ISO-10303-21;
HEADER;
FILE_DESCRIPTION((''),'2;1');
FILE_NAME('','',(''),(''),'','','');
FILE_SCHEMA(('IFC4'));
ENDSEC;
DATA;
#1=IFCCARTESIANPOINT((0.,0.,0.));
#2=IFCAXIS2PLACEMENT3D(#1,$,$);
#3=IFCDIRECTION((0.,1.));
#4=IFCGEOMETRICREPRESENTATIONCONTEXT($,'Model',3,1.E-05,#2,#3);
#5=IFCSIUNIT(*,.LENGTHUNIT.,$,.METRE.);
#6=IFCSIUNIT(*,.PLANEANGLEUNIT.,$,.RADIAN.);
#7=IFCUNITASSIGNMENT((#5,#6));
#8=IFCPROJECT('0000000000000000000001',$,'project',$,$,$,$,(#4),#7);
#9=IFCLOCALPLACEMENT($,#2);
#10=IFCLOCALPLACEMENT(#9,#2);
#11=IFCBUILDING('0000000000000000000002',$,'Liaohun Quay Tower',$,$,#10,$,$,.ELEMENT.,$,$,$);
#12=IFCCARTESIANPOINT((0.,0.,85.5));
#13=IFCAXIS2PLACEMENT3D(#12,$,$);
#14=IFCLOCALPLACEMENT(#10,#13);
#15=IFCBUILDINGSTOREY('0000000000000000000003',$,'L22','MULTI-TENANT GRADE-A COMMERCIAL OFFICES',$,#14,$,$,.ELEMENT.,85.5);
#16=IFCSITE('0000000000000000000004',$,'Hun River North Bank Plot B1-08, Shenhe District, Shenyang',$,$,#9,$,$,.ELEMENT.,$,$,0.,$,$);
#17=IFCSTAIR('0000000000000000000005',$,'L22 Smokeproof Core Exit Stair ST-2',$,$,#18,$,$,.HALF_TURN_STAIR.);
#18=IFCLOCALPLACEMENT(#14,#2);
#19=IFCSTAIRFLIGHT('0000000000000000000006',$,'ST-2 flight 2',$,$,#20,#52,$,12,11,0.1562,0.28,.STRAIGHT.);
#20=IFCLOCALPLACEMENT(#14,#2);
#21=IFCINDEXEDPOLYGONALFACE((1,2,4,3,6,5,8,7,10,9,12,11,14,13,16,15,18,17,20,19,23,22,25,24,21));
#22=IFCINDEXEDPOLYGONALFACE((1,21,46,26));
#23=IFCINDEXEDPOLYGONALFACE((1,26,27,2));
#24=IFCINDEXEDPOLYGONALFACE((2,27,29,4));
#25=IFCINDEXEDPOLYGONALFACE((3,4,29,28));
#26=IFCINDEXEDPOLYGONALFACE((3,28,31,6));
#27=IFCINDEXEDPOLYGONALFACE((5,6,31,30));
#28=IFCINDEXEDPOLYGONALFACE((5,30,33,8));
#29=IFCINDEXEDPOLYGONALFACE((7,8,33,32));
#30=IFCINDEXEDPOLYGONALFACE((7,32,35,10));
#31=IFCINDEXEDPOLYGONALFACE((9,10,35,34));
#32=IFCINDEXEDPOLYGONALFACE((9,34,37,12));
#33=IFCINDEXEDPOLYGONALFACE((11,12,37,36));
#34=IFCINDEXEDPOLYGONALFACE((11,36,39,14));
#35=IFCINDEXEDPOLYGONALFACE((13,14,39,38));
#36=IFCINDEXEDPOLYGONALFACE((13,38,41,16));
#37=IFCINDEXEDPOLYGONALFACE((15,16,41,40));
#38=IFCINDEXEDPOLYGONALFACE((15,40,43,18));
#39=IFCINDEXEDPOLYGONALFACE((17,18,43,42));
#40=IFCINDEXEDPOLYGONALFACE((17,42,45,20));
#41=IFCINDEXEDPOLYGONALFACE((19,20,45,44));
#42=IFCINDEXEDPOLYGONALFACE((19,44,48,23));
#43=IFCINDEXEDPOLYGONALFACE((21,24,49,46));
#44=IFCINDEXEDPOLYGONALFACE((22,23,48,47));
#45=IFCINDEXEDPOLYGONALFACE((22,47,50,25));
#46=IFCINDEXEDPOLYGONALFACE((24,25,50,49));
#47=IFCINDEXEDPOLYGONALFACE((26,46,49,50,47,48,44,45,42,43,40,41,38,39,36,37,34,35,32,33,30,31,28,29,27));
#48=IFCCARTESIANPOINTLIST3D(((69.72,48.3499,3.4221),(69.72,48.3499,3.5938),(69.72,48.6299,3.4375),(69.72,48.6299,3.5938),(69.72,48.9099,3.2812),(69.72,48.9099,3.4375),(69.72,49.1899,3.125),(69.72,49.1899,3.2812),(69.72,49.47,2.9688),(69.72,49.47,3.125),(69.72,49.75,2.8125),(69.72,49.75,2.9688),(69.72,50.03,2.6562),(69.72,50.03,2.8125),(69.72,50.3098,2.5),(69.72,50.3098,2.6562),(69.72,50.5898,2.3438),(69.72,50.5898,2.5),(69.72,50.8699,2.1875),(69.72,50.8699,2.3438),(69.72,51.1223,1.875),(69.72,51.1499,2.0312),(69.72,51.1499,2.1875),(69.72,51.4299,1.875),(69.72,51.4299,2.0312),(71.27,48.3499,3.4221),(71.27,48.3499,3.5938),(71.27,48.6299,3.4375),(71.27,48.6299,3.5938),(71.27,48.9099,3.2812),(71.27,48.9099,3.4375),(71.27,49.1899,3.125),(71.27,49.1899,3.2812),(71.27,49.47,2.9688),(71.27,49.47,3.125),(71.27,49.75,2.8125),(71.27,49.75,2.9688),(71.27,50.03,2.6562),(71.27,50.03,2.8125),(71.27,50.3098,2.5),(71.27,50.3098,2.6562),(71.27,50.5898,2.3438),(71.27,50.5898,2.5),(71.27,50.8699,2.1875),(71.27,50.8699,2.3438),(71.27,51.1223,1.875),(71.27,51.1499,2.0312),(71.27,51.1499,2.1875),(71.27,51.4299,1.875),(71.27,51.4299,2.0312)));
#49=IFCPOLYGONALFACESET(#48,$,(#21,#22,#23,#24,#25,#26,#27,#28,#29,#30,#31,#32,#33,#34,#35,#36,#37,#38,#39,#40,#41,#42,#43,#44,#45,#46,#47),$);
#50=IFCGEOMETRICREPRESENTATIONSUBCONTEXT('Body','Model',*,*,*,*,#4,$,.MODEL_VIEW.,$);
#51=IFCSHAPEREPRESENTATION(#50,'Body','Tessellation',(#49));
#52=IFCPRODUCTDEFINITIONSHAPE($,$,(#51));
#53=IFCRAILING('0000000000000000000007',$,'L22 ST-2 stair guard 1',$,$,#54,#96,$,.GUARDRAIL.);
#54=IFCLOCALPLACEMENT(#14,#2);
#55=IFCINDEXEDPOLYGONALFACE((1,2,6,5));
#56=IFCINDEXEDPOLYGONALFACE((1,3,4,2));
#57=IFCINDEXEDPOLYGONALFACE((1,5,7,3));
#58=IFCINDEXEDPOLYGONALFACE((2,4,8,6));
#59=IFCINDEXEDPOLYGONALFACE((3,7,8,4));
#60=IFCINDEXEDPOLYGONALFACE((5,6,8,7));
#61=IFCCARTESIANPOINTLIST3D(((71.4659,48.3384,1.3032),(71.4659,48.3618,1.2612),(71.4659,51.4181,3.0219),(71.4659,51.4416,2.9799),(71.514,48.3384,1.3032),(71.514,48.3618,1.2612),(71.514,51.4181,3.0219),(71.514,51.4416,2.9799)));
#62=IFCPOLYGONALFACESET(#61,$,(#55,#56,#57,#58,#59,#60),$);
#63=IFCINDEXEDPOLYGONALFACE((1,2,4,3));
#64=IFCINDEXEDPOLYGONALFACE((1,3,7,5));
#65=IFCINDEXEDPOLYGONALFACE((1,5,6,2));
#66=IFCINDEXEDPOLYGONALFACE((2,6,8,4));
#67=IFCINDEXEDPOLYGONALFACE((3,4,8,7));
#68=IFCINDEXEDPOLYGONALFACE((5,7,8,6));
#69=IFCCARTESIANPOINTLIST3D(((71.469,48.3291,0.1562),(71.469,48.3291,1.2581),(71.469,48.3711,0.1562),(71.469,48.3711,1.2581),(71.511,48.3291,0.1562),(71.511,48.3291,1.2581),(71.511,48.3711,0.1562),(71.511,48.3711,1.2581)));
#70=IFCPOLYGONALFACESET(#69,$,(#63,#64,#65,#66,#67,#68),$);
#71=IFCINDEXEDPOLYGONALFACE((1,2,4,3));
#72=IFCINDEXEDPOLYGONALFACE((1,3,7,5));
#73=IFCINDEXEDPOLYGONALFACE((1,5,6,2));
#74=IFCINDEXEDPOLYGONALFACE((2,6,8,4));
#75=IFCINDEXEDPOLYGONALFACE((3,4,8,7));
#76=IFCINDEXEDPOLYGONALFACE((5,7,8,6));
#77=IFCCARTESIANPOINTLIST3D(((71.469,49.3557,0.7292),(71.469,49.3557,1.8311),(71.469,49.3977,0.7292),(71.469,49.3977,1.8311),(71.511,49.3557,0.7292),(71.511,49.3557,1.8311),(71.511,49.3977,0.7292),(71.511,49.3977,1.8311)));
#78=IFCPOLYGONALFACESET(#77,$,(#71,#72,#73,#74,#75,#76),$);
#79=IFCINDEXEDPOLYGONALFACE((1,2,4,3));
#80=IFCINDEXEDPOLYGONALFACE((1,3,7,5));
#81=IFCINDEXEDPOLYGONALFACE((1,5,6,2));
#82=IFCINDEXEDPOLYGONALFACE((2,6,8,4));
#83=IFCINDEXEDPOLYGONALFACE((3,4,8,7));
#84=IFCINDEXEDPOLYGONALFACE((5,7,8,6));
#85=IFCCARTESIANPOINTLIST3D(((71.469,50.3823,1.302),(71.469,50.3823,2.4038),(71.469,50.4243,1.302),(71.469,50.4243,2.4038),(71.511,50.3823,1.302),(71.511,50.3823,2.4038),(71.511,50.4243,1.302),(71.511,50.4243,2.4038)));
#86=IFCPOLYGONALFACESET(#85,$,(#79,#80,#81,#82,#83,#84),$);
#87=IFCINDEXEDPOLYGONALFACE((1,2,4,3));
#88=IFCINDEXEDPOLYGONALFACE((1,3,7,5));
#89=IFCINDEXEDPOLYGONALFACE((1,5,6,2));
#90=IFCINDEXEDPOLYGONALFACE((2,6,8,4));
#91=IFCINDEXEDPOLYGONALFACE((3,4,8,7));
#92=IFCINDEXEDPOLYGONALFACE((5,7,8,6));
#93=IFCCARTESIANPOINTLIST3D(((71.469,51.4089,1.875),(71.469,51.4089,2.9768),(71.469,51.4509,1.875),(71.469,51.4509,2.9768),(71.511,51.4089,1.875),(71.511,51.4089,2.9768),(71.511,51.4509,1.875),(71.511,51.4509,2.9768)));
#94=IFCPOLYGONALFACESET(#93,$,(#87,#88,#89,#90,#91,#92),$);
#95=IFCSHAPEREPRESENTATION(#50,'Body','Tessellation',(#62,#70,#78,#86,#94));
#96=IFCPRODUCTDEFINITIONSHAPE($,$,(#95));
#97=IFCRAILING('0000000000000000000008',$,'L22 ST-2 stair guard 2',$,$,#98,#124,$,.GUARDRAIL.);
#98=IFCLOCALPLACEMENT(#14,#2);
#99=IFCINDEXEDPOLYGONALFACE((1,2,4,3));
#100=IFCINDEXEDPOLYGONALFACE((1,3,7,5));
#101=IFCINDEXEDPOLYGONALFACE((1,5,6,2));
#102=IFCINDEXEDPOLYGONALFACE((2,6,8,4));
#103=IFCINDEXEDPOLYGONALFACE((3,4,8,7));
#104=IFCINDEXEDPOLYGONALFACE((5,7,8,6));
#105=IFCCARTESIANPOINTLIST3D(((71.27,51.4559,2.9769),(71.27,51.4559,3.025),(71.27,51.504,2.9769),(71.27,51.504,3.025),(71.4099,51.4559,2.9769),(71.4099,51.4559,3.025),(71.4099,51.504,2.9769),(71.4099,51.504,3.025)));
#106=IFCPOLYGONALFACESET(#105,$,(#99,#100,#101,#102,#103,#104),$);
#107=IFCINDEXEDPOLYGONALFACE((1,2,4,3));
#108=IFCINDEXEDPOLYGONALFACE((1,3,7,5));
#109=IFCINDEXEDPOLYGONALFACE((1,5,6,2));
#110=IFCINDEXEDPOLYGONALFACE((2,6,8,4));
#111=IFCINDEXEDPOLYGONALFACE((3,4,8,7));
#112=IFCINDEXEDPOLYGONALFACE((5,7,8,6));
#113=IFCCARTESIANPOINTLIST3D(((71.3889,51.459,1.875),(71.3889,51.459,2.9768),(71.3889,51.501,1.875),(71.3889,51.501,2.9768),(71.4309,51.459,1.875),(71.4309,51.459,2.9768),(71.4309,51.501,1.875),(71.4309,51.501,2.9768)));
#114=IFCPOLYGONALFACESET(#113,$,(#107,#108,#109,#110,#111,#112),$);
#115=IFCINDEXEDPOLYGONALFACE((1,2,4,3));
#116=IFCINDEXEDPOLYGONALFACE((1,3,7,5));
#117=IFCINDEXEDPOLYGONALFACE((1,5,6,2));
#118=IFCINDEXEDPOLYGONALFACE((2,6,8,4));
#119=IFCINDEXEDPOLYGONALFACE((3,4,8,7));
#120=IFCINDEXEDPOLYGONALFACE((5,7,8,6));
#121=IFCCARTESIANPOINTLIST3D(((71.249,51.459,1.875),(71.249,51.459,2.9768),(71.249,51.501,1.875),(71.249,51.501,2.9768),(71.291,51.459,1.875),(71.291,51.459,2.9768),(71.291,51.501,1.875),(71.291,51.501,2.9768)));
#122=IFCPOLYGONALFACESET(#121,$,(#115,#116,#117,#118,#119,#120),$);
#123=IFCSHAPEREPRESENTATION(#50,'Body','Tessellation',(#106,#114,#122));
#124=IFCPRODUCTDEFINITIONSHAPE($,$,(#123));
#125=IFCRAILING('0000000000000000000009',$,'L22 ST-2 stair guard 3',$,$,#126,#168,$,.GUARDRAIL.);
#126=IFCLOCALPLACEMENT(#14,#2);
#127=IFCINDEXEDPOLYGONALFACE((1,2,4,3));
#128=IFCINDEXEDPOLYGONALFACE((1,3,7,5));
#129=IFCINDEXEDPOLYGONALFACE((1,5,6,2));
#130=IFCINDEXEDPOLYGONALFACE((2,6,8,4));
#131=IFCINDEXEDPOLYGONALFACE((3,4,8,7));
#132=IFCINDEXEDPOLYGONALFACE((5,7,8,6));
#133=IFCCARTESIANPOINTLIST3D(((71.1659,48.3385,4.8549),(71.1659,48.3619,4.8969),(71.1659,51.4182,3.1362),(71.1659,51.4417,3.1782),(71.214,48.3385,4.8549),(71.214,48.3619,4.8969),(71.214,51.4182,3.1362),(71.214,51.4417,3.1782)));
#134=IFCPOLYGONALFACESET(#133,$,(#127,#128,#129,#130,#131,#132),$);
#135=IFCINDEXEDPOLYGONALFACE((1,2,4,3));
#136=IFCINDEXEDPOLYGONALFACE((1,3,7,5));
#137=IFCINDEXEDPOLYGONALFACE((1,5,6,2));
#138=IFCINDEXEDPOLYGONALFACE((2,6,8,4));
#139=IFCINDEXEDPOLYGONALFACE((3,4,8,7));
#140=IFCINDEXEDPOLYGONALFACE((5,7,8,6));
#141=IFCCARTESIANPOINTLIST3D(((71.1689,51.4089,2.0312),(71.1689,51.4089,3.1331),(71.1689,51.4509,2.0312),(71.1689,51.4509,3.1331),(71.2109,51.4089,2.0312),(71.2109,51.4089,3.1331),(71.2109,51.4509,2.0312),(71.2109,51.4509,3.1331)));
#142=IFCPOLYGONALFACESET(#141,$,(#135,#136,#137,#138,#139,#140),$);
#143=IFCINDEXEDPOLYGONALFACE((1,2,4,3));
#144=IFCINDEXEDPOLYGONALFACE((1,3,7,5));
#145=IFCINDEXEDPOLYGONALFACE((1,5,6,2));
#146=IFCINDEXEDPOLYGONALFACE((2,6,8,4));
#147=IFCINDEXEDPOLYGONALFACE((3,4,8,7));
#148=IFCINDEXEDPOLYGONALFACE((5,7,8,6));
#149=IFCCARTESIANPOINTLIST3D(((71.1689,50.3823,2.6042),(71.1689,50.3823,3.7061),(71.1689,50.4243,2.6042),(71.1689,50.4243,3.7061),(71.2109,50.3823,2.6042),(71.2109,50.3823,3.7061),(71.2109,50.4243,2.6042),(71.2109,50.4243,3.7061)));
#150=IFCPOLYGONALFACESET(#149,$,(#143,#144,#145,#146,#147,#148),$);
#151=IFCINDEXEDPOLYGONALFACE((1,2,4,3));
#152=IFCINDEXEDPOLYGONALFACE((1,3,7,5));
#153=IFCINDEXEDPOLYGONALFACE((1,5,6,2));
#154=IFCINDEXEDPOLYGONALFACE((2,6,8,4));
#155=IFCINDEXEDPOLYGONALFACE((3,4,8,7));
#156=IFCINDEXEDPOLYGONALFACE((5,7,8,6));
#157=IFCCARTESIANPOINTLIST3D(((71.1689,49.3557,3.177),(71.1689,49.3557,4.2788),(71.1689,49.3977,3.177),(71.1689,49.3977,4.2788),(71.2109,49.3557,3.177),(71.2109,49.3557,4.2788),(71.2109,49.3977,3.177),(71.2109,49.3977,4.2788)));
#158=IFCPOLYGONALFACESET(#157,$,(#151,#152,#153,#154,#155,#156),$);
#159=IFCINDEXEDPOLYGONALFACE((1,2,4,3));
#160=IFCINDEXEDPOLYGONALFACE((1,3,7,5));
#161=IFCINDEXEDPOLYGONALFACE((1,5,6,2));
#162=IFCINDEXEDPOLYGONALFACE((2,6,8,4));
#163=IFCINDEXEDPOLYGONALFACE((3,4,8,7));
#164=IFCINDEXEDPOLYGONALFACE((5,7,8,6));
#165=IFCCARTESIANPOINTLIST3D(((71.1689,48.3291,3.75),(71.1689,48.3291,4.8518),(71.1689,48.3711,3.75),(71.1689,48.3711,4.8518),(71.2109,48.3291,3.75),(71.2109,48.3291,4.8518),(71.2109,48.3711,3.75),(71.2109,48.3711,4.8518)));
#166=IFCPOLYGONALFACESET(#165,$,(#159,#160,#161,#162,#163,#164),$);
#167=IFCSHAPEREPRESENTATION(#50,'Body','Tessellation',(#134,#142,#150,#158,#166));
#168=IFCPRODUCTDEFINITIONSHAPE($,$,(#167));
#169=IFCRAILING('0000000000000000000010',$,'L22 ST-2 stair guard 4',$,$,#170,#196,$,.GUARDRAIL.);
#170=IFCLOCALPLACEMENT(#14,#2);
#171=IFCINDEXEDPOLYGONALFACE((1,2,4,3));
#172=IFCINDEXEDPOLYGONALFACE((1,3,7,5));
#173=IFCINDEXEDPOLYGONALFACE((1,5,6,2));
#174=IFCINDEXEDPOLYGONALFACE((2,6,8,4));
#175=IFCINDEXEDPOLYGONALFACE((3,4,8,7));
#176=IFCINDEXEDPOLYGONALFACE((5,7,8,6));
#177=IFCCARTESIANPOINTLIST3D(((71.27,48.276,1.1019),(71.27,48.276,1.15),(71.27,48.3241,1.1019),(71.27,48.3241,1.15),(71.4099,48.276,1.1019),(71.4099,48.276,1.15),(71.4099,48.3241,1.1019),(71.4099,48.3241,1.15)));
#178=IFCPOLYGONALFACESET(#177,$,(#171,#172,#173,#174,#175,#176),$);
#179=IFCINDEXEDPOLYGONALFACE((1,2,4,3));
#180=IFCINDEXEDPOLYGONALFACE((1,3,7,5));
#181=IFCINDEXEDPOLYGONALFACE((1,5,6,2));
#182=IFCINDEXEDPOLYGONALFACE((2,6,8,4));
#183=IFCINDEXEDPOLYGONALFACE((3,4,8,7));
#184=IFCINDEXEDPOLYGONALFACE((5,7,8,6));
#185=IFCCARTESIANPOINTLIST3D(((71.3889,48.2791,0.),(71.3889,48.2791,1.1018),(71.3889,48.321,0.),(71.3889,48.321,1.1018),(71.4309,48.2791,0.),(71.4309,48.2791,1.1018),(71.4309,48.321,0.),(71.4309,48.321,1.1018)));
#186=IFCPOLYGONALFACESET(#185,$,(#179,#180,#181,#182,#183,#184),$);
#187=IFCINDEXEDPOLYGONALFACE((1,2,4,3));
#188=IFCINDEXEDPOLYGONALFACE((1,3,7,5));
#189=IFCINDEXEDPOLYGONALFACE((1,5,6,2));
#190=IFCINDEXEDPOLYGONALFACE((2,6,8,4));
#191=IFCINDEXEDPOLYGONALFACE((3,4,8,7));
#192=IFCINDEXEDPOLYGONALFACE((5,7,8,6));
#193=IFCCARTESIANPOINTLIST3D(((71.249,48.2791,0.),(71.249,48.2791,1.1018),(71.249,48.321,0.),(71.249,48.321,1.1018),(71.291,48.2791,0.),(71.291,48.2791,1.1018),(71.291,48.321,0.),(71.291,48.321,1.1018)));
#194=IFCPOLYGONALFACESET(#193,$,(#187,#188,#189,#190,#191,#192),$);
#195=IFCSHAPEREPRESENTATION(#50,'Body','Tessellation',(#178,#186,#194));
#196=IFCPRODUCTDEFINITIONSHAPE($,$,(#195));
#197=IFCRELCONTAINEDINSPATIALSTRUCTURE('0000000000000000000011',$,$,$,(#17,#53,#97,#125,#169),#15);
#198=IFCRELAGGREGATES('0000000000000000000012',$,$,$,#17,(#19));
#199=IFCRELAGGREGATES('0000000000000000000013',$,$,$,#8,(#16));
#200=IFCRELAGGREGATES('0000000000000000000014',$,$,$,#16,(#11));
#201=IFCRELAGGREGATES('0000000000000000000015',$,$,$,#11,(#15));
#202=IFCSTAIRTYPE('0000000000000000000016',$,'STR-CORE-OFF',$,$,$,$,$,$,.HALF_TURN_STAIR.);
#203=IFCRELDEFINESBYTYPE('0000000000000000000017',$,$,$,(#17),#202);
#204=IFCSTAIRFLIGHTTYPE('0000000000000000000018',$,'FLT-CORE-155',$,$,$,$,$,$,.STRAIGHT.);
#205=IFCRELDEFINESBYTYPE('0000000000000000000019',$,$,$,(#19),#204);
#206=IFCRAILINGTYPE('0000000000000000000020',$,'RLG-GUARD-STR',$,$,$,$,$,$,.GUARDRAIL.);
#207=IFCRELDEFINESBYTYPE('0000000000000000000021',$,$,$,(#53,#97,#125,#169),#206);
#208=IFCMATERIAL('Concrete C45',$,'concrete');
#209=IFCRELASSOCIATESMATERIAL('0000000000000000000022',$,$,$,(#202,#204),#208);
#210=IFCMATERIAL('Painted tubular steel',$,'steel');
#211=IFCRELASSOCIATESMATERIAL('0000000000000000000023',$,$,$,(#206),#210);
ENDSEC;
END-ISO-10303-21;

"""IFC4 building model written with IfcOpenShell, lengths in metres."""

from ifc_helpers import new_model, si_unit, direction, frame, origin, origin_2d, place, context, subcontext, project, spatial, polyline, rectangle, outline, extrude, material, type_object, element, aggregate, save


model = new_model("IFC4")

# Units and contexts
model_context = context("Model", 3, precision=1e-05, world=origin(), true_north=direction((0.0, 1.0)))
body_context = subcontext(model_context, "Body", "Model", "MODEL_VIEW")
ifc_project = project(units=[si_unit("LENGTHUNIT", "METRE"), si_unit("PLANEANGLEUNIT", "RADIAN")], contexts=[model_context])

# Site, building, storey
site_placement = place(None, origin())
site = spatial("IfcSite", under=ifc_project, at=site_placement, Name="Hun River North Bank Plot B1-08, Shenhe District, Shenyang", CompositionType="ELEMENT", RefElevation=0.0)
building_placement = place(site_placement, origin())
building = spatial("IfcBuilding", under=site, at=building_placement, Name="Liaohun Quay Tower", CompositionType="ELEMENT")
storey_placement = place(building_placement, frame((0.0, 0.0, 85.5)))
storey = spatial("IfcBuildingStorey", under=building, at=storey_placement, Name="L22", Description="MULTI-TENANT GRADE-A COMMERCIAL OFFICES", CompositionType="ELEMENT", Elevation=85.5)

# Stair, stair flight
ifc_material_1 = material(Name="Concrete C45", Category="concrete")
stair_type = type_object("IfcStairType", Name="STR-CORE-OFF", PredefinedType="HALF_TURN_STAIR", material=ifc_material_1)
stair_placement = place(storey_placement, origin())
stair = element("IfcStair", 1, at=stair_placement, inside=storey, type_object=stair_type, Name="L22 Smokeproof Core Exit Stair ST-2", PredefinedType="HALF_TURN_STAIR")
stair_flight_type = type_object("IfcStairFlightType", Name="FLT-CORE-155", PredefinedType="STRAIGHT", material=ifc_material_1)
stair_flight_1_placement = place(storey_placement, frame((70.4951, 51.4299, 1.875), z_axis=(0.0, 0.0, 1.0), x_axis=(0.0, -1.0, 0.0)))
stair_flight_1 = element("IfcStairFlight", 2, at=stair_flight_1_placement, type_object=stair_flight_type, Name="ST-2 flight 2", NumberOfRisers=12, NumberOfTreads=11, PredefinedType="STRAIGHT", RiserHeight=0.1562, TreadLength=0.28, context=body_context, shape_type="SweptSolid", body=[
    extrude(outline(polyline([(0.0, 0.0), (0.0, 0.1562), (0.28, 0.1562), (0.28, 0.3125), (0.5601, 0.3125), (0.5601, 0.4688), (0.8401, 0.4688), (0.8401, 0.625), (1.1201, 0.625), (1.1201, 0.7812), (1.3999, 0.7812), (1.3999, 0.9375), (1.6799, 0.9375), (1.6799, 1.0938), (1.96, 1.0938), (1.96, 1.25), (2.24, 1.25), (2.24, 1.4062), (2.52, 1.4062), (2.52, 1.5625), (2.8, 1.5625), (2.8, 1.7188), (3.0801, 1.7188), (3.0801, 1.875), (3.0801, 1.5471), (0.3076, 0.0), (0.0, 0.0)])), frame((0.0, 0.7749, 0.0), z_axis=(0.0, -1.0, 0.0), x_axis=(1.0, 0.0, 0.0)), (0.0, 0.0, 1.0), 1.55),
])
aggregate(stair, [stair_flight_1])

# Railings
ifc_material_2 = material(Name="Painted tubular steel", Category="steel")
railing_type_1 = type_object("IfcRailingType", Name="RLG-GUARD-STR", PredefinedType="GUARDRAIL", material=ifc_material_2)
railing_1_placement = place(storey_placement, frame((71.49, 48.3501, 0.1562)))
element("IfcRailing", 3, at=railing_1_placement, inside=storey, type_object=railing_type_1, Name="L22 ST-2 stair guard 1", PredefinedType="GUARDRAIL", context=body_context, shape_type="SweptSolid", body=[
    extrude(rectangle(XDim=0.0481, YDim=0.0481, at=origin_2d()), frame((0.0, 0.0, 1.126), z_axis=(0.0, 0.873225, 0.487317), x_axis=(-1.0, 0.0, 0.0)), (0.0, 0.0, 1.0), 3.5269),
    extrude(rectangle(XDim=0.042, YDim=0.042, at=origin_2d()), origin(), (0.0, 0.0, 1.0), 1.1018),
    extrude(rectangle(XDim=0.042, YDim=0.042, at=origin_2d()), frame((0.0, 1.0266, 0.573)), (0.0, 0.0, 1.0), 1.1018),
    extrude(rectangle(XDim=0.042, YDim=0.042, at=origin_2d()), frame((0.0, 2.0532, 1.1458)), (0.0, 0.0, 1.0), 1.1018),
    extrude(rectangle(XDim=0.042, YDim=0.042, at=origin_2d()), frame((0.0, 3.0798, 1.7188)), (0.0, 0.0, 1.0), 1.1018),
])
railing_2_placement = place(storey_placement, frame((71.4099, 51.48, 1.875)))
element("IfcRailing", 4, at=railing_2_placement, inside=storey, type_object=railing_type_1, Name="L22 ST-2 stair guard 2", PredefinedType="GUARDRAIL", context=body_context, shape_type="SweptSolid", body=[
    extrude(rectangle(XDim=0.0481, YDim=0.0481, at=origin_2d()), frame((0.0, 0.0, 1.126), z_axis=(-1.0, 0.0, 0.0), x_axis=(0.0, -1.0, 0.0)), (0.0, 0.0, 1.0), 0.1399),
    extrude(rectangle(XDim=0.042, YDim=0.042, at=origin_2d()), origin(), (0.0, 0.0, 1.0), 1.1018),
    extrude(rectangle(XDim=0.042, YDim=0.042, at=origin_2d()), frame((-0.1399, 0.0, 0.0)), (0.0, 0.0, 1.0), 1.1018),
])
railing_3_placement = place(storey_placement, frame((71.1899, 51.4299, 2.0312)))
element("IfcRailing", 5, at=railing_3_placement, inside=storey, type_object=railing_type_1, Name="L22 ST-2 stair guard 3", PredefinedType="GUARDRAIL", context=body_context, shape_type="SweptSolid", body=[
    extrude(rectangle(XDim=0.0481, YDim=0.0481, at=origin_2d()), frame((0.0, 0.0, 1.126), z_axis=(0.0, -0.873225, 0.487317), x_axis=(1.0, 0.0, 0.0)), (0.0, 0.0, 1.0), 3.5269),
    extrude(rectangle(XDim=0.042, YDim=0.042, at=origin_2d()), origin(), (0.0, 0.0, 1.0), 1.1018),
    extrude(rectangle(XDim=0.042, YDim=0.042, at=origin_2d()), frame((0.0, -1.0266, 0.573)), (0.0, 0.0, 1.0), 1.1018),
    extrude(rectangle(XDim=0.042, YDim=0.042, at=origin_2d()), frame((0.0, -2.0532, 1.1458)), (0.0, 0.0, 1.0), 1.1018),
    extrude(rectangle(XDim=0.042, YDim=0.042, at=origin_2d()), frame((0.0, -3.0798, 1.7188)), (0.0, 0.0, 1.0), 1.1018),
])
railing_4_placement = place(storey_placement, frame((71.4099, 48.3, 0.0)))
element("IfcRailing", 6, at=railing_4_placement, inside=storey, type_object=railing_type_1, Name="L22 ST-2 stair guard 4", PredefinedType="GUARDRAIL", context=body_context, shape_type="SweptSolid", body=[
    extrude(rectangle(XDim=0.0481, YDim=0.0481, at=origin_2d()), frame((0.0, 0.0, 1.126), z_axis=(-1.0, 0.0, 0.0), x_axis=(0.0, -1.0, 0.0)), (0.0, 0.0, 1.0), 0.1399),
    extrude(rectangle(XDim=0.042, YDim=0.042, at=origin_2d()), origin(), (0.0, 0.0, 1.0), 1.1018),
    extrude(rectangle(XDim=0.042, YDim=0.042, at=origin_2d()), frame((-0.1399, 0.0, 0.0)), (0.0, 0.0, 1.0), 1.1018),
])

save(model, "model.ifc")
